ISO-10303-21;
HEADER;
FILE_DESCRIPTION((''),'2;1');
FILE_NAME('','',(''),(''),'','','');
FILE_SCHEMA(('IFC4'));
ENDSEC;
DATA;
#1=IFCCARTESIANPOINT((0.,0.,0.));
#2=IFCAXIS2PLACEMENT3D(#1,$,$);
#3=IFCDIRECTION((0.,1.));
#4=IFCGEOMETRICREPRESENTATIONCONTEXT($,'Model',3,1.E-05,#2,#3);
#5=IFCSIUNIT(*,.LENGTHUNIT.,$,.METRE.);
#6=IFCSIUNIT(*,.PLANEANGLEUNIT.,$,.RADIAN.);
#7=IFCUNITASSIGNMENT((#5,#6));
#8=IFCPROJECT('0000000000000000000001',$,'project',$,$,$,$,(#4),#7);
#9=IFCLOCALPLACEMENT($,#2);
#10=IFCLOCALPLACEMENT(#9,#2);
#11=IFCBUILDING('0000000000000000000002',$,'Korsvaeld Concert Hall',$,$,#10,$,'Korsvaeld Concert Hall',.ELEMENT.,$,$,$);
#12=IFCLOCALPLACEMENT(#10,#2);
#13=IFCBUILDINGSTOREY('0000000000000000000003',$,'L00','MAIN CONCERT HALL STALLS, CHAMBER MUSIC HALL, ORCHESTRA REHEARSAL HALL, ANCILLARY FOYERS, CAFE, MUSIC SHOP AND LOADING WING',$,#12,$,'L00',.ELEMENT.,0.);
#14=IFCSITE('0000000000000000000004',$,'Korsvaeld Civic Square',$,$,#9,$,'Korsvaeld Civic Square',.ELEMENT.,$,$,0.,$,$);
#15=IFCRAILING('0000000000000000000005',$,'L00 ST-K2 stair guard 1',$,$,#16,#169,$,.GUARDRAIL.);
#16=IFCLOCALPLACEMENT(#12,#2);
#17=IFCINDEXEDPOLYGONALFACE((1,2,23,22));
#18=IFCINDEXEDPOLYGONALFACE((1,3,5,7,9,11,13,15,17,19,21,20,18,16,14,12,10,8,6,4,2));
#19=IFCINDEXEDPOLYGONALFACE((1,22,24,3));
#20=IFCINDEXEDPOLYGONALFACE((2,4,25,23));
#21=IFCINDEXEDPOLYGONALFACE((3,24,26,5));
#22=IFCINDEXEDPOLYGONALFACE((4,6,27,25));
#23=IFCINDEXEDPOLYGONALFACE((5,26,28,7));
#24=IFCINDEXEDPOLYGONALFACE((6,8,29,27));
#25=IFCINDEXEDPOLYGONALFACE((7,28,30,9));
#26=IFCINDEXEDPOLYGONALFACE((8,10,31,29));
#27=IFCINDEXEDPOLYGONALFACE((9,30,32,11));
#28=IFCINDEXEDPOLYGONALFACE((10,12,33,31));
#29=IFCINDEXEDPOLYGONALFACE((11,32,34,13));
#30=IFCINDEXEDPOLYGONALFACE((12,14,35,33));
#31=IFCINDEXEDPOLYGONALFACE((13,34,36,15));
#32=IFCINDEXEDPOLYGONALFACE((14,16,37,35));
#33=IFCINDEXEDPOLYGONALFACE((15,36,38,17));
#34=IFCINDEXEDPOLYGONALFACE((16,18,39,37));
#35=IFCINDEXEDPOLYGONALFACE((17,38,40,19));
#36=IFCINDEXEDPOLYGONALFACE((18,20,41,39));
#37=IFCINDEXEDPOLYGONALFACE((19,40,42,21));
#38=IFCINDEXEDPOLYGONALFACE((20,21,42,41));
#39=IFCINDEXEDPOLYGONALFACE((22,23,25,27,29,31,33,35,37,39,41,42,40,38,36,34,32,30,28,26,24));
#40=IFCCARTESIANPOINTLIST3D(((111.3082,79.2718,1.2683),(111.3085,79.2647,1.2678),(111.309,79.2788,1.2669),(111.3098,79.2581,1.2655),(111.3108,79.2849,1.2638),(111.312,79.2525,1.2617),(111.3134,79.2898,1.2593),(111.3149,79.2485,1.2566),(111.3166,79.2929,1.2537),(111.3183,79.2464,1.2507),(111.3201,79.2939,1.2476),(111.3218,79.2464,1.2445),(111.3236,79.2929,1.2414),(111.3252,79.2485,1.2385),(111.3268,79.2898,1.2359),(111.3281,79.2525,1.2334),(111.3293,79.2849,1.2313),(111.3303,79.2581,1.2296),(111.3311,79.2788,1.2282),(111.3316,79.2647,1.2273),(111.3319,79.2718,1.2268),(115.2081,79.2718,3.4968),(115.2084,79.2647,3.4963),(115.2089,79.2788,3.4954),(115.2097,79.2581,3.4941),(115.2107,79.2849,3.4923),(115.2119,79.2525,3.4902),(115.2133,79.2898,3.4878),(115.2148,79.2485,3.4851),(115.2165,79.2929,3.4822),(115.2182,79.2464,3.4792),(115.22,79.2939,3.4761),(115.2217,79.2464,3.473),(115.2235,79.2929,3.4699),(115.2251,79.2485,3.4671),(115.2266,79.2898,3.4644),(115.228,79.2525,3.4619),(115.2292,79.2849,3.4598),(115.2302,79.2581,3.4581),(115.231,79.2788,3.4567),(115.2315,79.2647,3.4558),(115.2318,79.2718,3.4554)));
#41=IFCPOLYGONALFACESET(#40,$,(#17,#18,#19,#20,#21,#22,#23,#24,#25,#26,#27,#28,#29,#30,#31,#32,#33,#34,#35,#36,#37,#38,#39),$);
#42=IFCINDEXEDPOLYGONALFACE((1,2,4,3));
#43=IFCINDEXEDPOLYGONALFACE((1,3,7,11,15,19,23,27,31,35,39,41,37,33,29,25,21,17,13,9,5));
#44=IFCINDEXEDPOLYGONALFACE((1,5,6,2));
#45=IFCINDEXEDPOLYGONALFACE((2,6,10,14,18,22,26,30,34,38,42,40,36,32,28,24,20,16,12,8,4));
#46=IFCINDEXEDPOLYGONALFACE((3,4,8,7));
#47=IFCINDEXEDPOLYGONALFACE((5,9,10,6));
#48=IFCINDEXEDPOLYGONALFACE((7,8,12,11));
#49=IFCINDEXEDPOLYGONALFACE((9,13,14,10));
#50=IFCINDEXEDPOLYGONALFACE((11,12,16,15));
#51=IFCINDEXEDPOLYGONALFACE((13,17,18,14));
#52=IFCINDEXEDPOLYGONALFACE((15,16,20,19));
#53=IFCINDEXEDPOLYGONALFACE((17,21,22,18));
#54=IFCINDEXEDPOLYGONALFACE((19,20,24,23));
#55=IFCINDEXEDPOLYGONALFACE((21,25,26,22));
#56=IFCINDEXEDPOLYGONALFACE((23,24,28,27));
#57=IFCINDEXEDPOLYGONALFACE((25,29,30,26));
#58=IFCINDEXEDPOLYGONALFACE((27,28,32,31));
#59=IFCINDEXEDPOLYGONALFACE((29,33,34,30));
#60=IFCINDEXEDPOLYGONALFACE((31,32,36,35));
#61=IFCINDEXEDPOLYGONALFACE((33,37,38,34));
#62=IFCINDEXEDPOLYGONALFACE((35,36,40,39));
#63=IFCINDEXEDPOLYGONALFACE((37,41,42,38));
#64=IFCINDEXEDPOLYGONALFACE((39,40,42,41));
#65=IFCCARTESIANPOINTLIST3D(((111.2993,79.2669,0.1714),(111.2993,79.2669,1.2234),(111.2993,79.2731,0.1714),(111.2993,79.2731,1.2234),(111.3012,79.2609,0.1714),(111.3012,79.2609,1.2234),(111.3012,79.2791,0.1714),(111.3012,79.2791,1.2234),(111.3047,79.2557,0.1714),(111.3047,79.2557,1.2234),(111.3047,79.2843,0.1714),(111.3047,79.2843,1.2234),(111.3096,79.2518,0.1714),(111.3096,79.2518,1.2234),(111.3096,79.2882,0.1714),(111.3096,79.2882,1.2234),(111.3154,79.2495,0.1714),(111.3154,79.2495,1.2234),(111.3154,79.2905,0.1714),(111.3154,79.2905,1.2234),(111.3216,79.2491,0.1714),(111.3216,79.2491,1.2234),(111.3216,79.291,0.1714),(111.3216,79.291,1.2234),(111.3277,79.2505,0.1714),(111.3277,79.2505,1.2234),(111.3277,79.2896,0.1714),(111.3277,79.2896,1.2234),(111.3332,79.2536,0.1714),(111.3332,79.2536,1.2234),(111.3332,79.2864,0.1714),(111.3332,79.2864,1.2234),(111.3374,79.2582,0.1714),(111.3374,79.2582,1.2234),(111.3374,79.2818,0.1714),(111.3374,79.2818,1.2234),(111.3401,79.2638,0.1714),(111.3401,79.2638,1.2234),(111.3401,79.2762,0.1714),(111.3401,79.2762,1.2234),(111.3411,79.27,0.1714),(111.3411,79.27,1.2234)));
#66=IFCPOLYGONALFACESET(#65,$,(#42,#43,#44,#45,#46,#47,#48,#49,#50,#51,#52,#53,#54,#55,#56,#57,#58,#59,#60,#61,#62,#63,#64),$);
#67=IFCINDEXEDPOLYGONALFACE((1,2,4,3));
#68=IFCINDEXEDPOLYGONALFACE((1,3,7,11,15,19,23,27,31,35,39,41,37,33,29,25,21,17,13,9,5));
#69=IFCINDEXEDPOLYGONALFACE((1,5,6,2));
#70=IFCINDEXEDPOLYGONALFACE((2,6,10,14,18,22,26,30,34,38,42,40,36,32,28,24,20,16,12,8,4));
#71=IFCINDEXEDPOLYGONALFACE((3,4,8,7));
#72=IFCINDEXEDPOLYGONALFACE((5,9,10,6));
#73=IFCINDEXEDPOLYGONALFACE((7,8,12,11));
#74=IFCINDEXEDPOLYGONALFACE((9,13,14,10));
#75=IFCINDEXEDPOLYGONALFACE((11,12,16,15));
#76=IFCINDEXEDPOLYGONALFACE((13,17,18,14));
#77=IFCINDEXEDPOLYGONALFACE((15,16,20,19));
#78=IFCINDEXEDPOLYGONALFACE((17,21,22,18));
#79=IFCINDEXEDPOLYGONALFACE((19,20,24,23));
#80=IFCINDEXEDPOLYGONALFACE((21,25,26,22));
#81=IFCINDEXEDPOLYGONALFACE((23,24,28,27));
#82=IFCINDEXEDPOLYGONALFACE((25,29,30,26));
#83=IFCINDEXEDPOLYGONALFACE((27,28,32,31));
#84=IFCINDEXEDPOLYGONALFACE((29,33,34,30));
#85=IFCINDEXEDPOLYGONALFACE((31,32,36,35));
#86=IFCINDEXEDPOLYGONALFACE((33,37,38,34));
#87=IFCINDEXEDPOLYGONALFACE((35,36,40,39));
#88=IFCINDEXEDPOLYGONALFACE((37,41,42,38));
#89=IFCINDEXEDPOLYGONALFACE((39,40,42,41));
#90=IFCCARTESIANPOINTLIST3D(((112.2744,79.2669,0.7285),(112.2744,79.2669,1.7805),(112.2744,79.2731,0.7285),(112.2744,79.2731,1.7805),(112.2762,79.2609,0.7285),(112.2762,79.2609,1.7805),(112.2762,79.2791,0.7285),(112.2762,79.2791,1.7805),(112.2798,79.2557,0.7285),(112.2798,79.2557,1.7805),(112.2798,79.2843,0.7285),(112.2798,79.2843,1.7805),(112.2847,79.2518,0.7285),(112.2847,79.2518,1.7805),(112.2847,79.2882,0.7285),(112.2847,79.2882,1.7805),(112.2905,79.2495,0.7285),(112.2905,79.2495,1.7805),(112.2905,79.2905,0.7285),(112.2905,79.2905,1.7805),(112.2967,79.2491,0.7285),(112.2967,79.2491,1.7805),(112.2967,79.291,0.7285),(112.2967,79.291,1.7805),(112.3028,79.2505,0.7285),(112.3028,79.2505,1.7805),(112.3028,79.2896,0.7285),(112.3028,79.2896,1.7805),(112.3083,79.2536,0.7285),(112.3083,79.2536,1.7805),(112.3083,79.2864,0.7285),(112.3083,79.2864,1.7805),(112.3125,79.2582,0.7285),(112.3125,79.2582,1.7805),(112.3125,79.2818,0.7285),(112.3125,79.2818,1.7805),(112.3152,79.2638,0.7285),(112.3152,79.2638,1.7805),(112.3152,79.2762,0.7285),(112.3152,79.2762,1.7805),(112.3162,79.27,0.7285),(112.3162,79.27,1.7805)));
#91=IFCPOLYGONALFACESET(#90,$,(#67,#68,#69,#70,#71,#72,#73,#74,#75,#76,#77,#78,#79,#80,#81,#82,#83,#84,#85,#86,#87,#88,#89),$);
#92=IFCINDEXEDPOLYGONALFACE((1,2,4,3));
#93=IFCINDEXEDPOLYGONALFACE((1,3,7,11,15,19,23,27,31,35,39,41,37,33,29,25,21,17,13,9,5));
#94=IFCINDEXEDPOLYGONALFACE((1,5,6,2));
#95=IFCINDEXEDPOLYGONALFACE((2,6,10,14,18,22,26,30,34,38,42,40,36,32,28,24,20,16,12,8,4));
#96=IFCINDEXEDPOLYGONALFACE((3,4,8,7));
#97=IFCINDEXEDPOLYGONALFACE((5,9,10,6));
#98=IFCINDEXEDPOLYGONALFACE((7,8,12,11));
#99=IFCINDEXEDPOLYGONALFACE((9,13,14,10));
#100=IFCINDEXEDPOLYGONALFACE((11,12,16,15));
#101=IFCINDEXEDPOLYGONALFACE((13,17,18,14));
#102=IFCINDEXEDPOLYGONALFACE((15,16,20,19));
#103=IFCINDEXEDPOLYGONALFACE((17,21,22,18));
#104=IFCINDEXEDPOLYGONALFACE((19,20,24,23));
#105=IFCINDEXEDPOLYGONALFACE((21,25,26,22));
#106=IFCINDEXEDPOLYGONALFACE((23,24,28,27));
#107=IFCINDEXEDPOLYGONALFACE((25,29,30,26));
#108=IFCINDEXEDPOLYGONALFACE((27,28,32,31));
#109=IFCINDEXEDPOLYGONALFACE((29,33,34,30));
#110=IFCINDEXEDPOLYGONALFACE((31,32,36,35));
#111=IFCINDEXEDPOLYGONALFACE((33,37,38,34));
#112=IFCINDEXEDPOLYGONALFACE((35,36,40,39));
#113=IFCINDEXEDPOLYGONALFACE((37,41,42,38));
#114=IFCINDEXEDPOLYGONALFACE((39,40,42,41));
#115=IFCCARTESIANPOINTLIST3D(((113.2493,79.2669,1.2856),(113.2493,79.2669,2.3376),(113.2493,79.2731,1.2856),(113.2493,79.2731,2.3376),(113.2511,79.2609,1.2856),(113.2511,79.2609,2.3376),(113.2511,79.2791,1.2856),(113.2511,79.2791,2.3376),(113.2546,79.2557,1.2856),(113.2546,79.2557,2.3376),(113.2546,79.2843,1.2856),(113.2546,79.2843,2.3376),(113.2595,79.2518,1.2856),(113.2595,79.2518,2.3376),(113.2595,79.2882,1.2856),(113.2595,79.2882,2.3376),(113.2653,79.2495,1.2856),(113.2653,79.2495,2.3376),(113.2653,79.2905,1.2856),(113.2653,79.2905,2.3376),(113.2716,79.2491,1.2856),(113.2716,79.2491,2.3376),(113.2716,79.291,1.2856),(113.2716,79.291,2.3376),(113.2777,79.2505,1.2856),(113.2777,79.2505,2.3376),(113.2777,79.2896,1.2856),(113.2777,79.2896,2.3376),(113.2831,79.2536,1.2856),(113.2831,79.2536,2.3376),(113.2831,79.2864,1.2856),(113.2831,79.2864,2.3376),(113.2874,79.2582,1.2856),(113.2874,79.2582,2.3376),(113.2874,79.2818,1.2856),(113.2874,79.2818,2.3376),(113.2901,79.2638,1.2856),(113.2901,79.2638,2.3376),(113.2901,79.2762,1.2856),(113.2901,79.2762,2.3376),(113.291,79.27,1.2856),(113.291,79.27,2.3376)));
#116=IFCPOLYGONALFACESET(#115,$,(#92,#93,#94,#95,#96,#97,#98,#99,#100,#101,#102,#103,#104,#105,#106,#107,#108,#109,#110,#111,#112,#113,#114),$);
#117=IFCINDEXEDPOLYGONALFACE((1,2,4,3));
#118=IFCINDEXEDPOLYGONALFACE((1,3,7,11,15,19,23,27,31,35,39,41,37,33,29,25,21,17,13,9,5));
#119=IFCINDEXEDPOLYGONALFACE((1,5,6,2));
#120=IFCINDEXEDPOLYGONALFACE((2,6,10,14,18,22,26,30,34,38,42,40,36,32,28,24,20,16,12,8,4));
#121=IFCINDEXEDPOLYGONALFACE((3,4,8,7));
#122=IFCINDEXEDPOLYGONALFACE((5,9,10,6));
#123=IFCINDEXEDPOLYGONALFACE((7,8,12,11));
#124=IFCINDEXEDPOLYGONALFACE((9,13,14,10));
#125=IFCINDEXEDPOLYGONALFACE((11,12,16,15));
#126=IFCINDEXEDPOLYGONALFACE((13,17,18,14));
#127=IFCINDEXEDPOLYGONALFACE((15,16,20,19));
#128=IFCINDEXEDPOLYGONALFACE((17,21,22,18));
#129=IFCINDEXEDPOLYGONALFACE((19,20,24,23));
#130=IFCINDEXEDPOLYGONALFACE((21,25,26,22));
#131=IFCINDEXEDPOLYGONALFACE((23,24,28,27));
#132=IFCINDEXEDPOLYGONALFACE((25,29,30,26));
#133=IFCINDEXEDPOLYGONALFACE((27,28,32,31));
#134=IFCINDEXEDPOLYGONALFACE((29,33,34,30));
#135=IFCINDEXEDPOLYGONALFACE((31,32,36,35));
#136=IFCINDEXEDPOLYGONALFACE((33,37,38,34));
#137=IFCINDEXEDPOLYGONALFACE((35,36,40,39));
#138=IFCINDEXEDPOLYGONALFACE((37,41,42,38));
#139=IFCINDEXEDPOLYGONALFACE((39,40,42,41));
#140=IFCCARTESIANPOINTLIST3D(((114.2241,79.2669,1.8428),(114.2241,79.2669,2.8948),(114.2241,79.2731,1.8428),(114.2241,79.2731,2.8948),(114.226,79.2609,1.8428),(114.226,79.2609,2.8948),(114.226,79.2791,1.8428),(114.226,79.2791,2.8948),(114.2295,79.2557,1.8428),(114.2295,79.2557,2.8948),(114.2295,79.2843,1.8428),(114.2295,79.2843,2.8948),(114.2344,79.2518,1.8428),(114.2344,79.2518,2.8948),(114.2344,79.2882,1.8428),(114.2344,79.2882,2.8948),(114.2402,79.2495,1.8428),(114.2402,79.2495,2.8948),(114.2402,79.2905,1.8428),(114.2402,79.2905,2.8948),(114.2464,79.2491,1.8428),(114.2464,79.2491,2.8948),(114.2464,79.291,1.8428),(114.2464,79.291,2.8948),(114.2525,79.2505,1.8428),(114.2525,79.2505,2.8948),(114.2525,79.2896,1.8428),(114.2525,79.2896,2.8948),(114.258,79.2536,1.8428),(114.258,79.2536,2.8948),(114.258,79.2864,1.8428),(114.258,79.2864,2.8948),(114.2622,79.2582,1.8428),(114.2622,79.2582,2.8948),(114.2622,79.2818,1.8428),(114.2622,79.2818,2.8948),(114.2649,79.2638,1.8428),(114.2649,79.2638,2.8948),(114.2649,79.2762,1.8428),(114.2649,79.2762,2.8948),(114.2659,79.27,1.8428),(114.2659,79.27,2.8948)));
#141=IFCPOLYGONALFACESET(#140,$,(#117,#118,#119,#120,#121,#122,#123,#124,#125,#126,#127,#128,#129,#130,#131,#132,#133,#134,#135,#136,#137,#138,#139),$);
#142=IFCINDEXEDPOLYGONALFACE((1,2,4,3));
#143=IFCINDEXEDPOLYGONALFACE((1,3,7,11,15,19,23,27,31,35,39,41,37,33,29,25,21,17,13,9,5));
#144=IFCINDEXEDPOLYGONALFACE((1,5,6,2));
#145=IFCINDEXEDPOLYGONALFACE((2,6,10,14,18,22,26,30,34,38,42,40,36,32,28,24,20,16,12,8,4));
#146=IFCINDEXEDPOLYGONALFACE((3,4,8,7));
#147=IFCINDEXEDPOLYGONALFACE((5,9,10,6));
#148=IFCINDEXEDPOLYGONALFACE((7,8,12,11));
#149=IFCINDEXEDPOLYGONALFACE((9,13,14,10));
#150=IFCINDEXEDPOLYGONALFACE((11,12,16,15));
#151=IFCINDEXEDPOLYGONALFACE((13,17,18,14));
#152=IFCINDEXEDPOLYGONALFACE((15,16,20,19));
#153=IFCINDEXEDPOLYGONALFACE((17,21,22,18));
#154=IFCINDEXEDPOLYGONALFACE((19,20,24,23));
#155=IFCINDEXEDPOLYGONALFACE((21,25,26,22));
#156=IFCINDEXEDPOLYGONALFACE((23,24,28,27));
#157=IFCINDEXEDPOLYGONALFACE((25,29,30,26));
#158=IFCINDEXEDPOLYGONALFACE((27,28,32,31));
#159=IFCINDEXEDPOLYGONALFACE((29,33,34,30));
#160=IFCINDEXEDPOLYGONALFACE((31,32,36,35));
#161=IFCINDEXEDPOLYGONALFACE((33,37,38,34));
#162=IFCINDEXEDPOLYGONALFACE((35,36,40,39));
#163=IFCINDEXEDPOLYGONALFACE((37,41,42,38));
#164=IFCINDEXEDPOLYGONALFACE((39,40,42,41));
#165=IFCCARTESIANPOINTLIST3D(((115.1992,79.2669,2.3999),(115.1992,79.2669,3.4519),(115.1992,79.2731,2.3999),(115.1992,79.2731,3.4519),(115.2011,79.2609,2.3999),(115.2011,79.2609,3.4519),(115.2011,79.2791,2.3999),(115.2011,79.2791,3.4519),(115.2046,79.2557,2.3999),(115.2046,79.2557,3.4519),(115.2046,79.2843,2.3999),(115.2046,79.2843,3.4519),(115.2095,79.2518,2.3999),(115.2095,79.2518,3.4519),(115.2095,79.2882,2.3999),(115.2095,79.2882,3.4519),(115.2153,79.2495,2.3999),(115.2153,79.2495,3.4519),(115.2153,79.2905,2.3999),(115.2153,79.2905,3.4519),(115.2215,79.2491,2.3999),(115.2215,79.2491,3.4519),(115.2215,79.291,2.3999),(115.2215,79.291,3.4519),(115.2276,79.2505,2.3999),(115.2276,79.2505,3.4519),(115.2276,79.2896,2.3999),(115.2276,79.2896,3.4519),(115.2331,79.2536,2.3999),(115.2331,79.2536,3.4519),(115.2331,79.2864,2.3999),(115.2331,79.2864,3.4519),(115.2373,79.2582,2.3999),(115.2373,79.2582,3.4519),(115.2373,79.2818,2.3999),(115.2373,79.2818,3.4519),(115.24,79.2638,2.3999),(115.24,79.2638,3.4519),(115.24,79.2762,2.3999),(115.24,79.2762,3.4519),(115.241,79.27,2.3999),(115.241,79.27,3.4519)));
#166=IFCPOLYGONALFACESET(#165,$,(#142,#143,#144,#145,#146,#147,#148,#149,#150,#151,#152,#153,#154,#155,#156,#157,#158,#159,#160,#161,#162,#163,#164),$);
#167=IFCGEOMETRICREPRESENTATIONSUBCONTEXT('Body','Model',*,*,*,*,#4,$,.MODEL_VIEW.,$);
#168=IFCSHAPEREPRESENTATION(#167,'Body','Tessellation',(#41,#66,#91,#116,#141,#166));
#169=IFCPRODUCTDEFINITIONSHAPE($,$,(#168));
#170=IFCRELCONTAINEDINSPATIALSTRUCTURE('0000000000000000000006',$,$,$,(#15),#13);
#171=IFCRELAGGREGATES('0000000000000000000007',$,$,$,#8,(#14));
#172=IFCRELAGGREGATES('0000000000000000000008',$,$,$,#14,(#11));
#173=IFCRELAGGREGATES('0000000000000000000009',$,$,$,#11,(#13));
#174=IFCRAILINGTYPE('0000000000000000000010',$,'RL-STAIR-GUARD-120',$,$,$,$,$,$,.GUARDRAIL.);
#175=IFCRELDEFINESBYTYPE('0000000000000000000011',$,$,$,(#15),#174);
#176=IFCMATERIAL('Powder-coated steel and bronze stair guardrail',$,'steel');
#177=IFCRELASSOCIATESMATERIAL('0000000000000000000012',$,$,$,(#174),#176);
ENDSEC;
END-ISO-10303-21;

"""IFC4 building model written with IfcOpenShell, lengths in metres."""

from ifc_helpers import new_model, si_unit, direction, frame, origin, origin_2d, place, context, subcontext, project, spatial, circle, extrude, material, type_object, element, save


model = new_model("IFC4")

# Units and contexts
model_context = context("Model", 3, precision=1e-05, world=origin(), true_north=direction((0.0, 1.0)))
body_context = subcontext(model_context, "Body", "Model", "MODEL_VIEW")
ifc_project = project(units=[si_unit("LENGTHUNIT", "METRE"), si_unit("PLANEANGLEUNIT", "RADIAN")], contexts=[model_context])

# Site, building, storey
site_placement = place(None, origin())
site = spatial("IfcSite", under=ifc_project, at=site_placement, Name="Korsvaeld Civic Square", LongName="Korsvaeld Civic Square", CompositionType="ELEMENT", RefElevation=0.0)
building_placement = place(site_placement, origin())
building = spatial("IfcBuilding", under=site, at=building_placement, Name="Korsvaeld Concert Hall", LongName="Korsvaeld Concert Hall", CompositionType="ELEMENT")
storey_placement = place(building_placement, origin())
storey = spatial("IfcBuildingStorey", under=building, at=storey_placement, Name="L00", Description="MAIN CONCERT HALL STALLS, CHAMBER MUSIC HALL, ORCHESTRA REHEARSAL HALL, ANCILLARY FOYERS, CAFE, MUSIC SHOP AND LOADING WING", LongName="L00", CompositionType="ELEMENT", Elevation=0.0)

# Railing
ifc_material_1 = material(Name="Powder-coated steel and bronze stair guardrail", Category="steel")
railing_type_1 = type_object("IfcRailingType", Name="RL-STAIR-GUARD-120", PredefinedType="GUARDRAIL", material=ifc_material_1)
railing_1_placement = place(storey_placement, frame((111.3201, 79.27, 0.1714)))
element("IfcRailing", 1, at=railing_1_placement, inside=storey, type_object=railing_type_1, Name="L00 ST-K2 stair guard 1", PredefinedType="GUARDRAIL", context=body_context, shape_type="SweptSolid", body=[
    extrude(circle(Radius=0.0239, at=origin_2d()), frame((0.0, 0.0, 1.0762), z_axis=(0.868243, 0.0, 0.496139), x_axis=(0.0, 1.0, 0.0)), (0.0, 0.0, 1.0), 4.4917),
    extrude(circle(Radius=0.021, at=origin_2d()), origin(), (0.0, 0.0, 1.0), 1.052),
    extrude(circle(Radius=0.021, at=origin_2d()), frame((0.9751, 0.0, 0.5571)), (0.0, 0.0, 1.0), 1.052),
    extrude(circle(Radius=0.021, at=origin_2d()), frame((1.95, 0.0, 1.1143)), (0.0, 0.0, 1.0), 1.052),
    extrude(circle(Radius=0.021, at=origin_2d()), frame((2.9248, 0.0, 1.6714)), (0.0, 0.0, 1.0), 1.052),
    extrude(circle(Radius=0.021, at=origin_2d()), frame((3.8999, 0.0, 2.2285)), (0.0, 0.0, 1.0), 1.052),
])

save(model, "model.ifc")
